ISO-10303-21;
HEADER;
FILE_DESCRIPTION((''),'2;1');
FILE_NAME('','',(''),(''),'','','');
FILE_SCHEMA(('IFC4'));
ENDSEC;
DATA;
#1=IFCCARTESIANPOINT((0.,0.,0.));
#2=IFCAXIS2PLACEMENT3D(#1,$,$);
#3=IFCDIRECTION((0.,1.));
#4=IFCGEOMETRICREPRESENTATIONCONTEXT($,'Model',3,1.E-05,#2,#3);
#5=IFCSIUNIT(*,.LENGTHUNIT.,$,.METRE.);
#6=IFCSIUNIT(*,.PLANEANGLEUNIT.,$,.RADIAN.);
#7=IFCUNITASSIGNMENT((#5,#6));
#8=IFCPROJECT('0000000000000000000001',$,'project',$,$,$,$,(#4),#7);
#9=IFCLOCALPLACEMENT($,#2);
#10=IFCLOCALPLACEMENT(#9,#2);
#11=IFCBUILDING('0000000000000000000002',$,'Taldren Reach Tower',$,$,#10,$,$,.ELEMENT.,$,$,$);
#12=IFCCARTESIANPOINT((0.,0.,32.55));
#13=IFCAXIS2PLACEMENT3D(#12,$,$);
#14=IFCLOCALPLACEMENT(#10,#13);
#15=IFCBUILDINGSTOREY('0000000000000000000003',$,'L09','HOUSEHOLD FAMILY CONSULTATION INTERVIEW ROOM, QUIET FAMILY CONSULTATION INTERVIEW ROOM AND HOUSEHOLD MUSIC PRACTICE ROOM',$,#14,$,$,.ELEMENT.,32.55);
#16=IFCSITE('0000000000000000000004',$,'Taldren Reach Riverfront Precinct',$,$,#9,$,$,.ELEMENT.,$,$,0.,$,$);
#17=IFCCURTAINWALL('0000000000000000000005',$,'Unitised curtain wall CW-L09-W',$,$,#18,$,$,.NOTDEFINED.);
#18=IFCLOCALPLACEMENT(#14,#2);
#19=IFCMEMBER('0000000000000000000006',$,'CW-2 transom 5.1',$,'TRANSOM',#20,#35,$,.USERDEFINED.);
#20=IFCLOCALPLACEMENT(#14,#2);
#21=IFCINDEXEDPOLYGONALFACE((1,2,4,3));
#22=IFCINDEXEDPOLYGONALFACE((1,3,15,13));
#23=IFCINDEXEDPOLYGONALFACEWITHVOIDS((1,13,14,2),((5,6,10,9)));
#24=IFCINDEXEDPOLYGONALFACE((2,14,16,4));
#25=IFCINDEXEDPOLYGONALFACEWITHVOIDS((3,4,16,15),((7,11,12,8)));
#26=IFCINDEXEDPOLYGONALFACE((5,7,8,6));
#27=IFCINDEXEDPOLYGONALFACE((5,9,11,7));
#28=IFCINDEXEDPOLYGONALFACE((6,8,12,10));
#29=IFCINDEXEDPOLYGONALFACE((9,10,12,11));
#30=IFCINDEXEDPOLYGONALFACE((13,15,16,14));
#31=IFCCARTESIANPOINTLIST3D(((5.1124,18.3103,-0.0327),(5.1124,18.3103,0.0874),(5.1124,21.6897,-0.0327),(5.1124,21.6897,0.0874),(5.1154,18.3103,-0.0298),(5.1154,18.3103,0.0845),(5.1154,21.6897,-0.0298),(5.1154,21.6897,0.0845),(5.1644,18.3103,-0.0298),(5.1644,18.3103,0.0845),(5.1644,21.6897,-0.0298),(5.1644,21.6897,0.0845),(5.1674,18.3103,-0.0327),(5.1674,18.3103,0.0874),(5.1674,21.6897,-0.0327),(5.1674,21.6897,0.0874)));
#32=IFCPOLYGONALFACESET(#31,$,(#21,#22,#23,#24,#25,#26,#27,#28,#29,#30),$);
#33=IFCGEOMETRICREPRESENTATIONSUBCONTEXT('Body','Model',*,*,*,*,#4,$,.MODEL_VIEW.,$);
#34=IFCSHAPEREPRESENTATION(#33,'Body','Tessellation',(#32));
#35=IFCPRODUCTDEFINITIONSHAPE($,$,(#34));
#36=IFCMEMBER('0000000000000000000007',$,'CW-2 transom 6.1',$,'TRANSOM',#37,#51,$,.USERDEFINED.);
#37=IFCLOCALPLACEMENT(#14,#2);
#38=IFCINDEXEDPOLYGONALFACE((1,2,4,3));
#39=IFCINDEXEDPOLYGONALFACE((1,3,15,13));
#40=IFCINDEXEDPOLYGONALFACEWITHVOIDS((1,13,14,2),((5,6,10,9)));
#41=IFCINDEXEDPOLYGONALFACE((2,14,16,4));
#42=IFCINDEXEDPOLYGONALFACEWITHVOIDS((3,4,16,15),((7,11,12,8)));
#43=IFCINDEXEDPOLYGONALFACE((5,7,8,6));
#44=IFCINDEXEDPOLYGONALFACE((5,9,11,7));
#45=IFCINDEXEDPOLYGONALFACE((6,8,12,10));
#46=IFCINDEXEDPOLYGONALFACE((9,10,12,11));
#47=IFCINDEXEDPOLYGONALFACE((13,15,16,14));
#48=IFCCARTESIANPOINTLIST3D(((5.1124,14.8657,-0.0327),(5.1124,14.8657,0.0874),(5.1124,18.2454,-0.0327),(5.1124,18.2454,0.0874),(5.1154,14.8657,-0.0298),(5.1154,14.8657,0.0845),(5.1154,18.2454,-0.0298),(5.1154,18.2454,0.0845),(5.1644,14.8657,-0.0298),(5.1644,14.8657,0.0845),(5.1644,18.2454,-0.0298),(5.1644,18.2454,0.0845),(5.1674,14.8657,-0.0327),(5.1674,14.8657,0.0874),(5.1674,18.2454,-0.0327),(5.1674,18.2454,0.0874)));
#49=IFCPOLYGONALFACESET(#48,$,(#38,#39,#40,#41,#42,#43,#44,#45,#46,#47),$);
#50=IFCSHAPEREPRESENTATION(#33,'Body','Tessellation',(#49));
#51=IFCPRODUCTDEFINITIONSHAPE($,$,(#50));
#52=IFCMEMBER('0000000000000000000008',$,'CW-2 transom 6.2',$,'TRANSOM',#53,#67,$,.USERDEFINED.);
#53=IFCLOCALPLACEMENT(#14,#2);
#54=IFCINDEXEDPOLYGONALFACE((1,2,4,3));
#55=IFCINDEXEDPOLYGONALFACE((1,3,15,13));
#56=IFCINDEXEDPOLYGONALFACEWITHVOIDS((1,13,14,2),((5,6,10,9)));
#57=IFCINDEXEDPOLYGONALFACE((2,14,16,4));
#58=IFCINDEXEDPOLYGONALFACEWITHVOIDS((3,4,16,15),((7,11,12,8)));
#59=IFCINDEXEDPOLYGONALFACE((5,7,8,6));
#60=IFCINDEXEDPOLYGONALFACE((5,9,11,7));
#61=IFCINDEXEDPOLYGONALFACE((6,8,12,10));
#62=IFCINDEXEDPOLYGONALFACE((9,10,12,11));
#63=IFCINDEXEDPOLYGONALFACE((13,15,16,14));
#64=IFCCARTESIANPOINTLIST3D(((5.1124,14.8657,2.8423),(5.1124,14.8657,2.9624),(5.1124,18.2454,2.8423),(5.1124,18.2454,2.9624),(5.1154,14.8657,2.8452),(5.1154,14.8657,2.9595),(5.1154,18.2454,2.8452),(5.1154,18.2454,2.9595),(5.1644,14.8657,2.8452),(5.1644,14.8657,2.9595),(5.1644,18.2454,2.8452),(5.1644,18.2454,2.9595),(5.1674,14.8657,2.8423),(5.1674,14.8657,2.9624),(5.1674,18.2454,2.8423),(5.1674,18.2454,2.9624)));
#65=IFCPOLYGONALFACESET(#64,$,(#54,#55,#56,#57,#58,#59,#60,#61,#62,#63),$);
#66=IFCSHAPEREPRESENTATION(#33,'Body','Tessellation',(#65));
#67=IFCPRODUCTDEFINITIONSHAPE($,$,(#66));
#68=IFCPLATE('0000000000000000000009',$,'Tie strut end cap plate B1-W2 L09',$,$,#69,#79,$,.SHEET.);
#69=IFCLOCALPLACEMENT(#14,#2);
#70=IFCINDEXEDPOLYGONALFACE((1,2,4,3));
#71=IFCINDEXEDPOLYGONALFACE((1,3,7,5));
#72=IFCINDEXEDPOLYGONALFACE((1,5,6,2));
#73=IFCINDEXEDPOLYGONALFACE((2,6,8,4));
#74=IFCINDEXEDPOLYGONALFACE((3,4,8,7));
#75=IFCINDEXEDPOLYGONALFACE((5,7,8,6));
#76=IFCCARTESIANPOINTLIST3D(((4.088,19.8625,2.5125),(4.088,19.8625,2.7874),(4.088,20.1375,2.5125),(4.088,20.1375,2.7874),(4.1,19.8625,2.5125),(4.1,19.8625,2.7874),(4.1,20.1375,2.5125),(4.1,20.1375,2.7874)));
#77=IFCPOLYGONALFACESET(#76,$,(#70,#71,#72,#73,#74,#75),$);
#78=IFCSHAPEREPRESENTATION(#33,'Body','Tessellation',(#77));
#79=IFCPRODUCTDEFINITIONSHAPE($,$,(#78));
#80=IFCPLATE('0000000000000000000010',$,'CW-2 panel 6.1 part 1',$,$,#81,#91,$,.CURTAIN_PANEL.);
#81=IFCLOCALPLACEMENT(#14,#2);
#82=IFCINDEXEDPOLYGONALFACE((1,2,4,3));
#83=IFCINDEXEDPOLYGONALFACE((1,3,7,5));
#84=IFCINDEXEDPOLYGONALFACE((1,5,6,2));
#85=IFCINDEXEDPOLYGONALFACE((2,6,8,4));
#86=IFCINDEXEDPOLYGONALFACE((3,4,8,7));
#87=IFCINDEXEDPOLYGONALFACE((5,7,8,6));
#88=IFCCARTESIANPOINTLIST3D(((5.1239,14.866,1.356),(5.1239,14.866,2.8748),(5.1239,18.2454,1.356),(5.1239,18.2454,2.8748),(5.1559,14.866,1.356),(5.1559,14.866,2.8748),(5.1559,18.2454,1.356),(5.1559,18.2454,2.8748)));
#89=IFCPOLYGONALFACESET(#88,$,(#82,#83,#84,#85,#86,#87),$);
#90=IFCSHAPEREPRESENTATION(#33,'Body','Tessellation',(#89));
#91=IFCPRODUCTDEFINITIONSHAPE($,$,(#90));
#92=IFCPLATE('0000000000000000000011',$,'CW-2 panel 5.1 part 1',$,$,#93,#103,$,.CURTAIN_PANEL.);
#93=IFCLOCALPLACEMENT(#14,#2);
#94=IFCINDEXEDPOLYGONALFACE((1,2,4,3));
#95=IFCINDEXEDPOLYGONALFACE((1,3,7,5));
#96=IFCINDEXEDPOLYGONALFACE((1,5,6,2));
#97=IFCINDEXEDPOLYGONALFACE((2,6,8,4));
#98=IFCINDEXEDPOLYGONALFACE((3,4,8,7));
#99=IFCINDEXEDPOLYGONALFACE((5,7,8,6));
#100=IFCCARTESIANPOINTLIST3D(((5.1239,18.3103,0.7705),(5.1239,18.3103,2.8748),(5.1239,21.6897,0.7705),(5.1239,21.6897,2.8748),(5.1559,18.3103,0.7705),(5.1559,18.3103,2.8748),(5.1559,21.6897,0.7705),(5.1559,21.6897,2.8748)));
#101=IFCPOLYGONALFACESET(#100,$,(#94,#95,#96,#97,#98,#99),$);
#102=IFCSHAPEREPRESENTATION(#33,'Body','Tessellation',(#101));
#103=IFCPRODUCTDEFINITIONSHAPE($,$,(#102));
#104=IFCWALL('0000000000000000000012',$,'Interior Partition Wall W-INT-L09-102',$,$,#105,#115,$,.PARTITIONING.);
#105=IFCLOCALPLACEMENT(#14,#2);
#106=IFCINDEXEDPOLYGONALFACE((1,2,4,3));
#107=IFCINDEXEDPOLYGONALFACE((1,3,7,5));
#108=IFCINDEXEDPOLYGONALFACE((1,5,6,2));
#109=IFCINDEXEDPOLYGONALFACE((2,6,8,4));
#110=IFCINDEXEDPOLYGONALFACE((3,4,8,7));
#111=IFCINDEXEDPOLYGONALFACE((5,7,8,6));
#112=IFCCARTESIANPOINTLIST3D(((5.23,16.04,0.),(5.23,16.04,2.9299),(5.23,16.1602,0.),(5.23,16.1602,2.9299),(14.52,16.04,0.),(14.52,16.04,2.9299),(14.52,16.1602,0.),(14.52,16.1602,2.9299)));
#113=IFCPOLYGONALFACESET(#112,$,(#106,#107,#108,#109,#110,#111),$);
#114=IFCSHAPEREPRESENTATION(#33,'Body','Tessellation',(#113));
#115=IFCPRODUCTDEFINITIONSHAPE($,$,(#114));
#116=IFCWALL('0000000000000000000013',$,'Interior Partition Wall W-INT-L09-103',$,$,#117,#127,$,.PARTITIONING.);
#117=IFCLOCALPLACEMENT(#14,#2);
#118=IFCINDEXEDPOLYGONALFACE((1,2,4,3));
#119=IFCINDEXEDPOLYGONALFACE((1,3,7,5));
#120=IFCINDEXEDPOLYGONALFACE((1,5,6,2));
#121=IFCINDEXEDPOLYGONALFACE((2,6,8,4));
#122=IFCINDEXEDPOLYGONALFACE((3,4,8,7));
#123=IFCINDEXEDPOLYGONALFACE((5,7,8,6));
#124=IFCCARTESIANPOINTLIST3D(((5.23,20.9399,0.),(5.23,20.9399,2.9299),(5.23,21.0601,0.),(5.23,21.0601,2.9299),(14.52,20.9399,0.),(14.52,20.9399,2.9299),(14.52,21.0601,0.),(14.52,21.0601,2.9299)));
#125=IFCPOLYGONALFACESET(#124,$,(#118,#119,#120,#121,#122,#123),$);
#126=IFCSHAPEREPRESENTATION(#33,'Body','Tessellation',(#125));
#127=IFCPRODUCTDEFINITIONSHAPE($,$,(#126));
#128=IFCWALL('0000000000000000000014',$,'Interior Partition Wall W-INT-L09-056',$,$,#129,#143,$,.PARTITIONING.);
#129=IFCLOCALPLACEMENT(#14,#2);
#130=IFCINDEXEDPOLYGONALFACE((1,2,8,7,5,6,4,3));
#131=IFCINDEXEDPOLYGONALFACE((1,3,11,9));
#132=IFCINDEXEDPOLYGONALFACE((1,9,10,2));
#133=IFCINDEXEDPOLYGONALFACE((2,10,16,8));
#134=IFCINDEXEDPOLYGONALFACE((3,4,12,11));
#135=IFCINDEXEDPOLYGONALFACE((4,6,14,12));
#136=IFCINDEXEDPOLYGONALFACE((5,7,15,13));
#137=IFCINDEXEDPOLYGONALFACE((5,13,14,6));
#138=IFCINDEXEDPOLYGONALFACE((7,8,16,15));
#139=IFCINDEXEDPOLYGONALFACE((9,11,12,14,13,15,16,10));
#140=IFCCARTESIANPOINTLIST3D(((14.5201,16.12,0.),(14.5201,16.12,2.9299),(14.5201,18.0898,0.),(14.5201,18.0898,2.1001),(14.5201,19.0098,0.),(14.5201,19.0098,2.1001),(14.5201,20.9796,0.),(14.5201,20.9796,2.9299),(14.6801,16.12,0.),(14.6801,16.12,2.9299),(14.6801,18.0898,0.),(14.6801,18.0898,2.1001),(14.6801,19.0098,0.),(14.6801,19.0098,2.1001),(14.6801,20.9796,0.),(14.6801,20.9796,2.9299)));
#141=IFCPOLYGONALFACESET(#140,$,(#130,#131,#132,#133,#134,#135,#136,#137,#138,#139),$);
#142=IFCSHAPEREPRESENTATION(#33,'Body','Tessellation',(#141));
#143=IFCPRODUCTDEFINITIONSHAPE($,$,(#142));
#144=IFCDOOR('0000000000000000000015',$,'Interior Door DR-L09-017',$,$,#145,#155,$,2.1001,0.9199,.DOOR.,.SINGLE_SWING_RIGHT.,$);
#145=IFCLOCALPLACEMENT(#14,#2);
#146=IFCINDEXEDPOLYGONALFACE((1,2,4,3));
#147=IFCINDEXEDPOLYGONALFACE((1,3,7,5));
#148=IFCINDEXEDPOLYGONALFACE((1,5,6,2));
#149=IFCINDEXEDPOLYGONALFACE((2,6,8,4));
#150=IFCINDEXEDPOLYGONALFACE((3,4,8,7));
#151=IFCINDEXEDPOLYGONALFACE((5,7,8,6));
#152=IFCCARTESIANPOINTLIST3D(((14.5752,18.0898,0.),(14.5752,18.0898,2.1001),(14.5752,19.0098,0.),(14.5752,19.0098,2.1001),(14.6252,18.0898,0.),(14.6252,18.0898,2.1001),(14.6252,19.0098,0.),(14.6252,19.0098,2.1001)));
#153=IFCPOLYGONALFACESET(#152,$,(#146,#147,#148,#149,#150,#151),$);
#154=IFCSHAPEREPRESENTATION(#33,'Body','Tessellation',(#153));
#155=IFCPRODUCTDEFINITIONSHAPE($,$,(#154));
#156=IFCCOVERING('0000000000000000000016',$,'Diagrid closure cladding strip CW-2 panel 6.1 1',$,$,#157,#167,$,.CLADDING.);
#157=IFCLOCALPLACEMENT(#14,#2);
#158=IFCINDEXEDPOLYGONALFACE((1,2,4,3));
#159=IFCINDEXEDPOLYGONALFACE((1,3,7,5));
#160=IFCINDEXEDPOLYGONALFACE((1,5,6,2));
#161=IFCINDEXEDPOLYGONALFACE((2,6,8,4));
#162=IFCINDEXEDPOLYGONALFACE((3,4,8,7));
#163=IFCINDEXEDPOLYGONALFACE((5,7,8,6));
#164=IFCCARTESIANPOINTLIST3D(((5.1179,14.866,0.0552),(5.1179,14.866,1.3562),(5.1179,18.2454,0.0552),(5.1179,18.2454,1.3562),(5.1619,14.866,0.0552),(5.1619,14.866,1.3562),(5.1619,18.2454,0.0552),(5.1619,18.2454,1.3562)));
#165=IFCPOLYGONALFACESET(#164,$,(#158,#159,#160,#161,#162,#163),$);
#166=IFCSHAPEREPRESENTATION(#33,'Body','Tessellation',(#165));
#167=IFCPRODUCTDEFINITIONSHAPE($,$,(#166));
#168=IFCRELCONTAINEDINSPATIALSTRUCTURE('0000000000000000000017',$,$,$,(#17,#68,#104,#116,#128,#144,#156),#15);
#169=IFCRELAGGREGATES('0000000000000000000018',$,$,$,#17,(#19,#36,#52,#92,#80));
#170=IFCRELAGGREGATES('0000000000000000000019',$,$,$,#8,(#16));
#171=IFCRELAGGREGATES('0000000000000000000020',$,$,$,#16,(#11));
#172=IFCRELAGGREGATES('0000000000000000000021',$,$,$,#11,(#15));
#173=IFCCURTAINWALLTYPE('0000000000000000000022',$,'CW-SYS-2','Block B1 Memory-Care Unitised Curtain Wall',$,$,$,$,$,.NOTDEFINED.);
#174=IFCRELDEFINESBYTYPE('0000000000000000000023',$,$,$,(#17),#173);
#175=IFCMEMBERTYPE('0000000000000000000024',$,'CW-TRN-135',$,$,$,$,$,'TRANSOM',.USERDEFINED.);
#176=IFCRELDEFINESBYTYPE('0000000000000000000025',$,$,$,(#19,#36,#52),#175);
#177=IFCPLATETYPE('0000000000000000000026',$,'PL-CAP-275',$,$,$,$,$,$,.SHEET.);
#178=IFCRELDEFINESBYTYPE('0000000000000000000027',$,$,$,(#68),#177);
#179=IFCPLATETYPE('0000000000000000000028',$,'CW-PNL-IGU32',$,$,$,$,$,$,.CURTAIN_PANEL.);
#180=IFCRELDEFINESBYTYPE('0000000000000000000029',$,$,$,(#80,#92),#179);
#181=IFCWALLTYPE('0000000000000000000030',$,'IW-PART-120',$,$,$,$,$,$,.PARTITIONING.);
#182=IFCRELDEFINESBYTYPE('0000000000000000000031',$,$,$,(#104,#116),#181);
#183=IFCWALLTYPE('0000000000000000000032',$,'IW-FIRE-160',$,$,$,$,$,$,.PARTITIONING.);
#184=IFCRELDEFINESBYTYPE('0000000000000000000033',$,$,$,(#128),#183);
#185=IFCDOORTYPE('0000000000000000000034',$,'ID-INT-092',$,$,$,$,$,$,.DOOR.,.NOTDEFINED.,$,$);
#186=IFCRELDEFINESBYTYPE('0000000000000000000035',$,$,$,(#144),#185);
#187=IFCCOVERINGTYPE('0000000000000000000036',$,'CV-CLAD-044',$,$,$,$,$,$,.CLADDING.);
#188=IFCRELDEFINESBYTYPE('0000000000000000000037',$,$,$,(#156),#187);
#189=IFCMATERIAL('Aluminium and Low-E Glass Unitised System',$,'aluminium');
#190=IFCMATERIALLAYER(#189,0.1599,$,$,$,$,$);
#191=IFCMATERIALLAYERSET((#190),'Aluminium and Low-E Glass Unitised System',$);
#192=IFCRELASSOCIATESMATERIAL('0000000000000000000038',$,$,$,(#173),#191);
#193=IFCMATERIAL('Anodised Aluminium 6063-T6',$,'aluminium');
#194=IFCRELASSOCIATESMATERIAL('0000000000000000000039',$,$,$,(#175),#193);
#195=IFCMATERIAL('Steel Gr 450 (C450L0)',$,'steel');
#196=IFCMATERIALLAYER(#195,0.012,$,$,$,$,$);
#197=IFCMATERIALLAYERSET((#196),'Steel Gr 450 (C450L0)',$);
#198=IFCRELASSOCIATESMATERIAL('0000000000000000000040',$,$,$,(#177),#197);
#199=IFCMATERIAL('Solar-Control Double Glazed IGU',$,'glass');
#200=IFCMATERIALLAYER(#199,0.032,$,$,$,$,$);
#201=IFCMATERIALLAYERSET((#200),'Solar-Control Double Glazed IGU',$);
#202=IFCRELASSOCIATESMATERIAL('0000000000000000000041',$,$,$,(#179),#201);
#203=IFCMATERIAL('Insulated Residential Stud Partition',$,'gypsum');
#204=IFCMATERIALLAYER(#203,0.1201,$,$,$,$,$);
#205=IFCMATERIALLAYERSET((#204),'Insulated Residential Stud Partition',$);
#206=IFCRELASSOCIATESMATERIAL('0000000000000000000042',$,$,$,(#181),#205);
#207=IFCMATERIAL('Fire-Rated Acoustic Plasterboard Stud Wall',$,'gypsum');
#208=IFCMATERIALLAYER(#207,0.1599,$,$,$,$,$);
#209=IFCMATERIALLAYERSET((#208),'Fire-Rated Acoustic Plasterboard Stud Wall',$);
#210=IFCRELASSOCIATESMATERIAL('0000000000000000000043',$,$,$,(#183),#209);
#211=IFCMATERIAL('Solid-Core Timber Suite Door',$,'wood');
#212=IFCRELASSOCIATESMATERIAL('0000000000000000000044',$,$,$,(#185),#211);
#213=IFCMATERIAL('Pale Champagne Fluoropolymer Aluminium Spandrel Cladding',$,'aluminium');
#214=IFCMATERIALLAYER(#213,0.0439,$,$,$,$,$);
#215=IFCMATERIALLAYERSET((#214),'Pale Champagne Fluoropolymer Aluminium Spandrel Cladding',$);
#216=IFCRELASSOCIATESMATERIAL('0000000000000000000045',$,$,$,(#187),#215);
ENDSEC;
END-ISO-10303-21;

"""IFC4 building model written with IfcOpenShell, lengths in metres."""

from ifc_helpers import new_model, si_unit, direction, frame, frame_2d, origin, origin_2d, place, context, subcontext, project, spatial, rectangle, hollow_rectangle, extrude, source, transform, mapped, material, layer, layer_set, material_profile, profile_set, type_object, element, fill, aggregate, save


model = new_model("IFC4")

# Units and contexts
model_context = context("Model", 3, precision=1e-05, world=origin(), true_north=direction((0.0, 1.0)))
body_context = subcontext(model_context, "Body", "Model", "MODEL_VIEW")
ifc_project = project(units=[si_unit("LENGTHUNIT", "METRE"), si_unit("PLANEANGLEUNIT", "RADIAN")], contexts=[model_context])

# Site, building, storey
site_placement = place(None, origin())
site = spatial("IfcSite", under=ifc_project, at=site_placement, Name="Taldren Reach Riverfront Precinct", CompositionType="ELEMENT", RefElevation=0.0)
building_placement = place(site_placement, origin())
building = spatial("IfcBuilding", under=site, at=building_placement, Name="Taldren Reach Tower", CompositionType="ELEMENT")
storey_placement = place(building_placement, frame((0.0, 0.0, 32.55)))
storey = spatial("IfcBuildingStorey", under=building, at=storey_placement, Name="L09", Description="HOUSEHOLD FAMILY CONSULTATION INTERVIEW ROOM, QUIET FAMILY CONSULTATION INTERVIEW ROOM AND HOUSEHOLD MUSIC PRACTICE ROOM", CompositionType="ELEMENT", Elevation=32.55)

# Shared definitions
ifc_material_1 = material(Name="Steel Gr 450 (C450L0)", Category="steel")

# Curtain wall, members
ifc_material_2 = material(Name="Aluminium and Low-E Glass Unitised System", Category="aluminium")
ifc_layer_1 = layer(ifc_material_2, 0.1599)
ifc_layer_set_1 = layer_set([ifc_layer_1], Name="Aluminium and Low-E Glass Unitised System")
curtain_wall_type = type_object("IfcCurtainWallType", Name="CW-SYS-2", Description="Block B1 Memory-Care Unitised Curtain Wall", PredefinedType="NOTDEFINED", material=ifc_layer_set_1)
curtain_wall_placement = place(storey_placement, origin())
curtain_wall = element("IfcCurtainWall", 1, at=curtain_wall_placement, inside=storey, type_object=curtain_wall_type, Name="Unitised curtain wall CW-L09-W", PredefinedType="NOTDEFINED")
ifc_material_3 = material(Name="Anodised Aluminium 6063-T6", Category="aluminium")
ifc_material_profile_1 = material_profile(ifc_material_3, hollow_rectangle(XDim=0.0549, YDim=0.1201, WallThickness=0.0029, at=origin_2d()), Name="ALU-120x55x3RHS")
ifc_profile_set_1 = profile_set([ifc_material_profile_1], Name="Anodised Aluminium 6063-T6")
member_type_1 = type_object("IfcMemberType", Name="CW-TRN-135", ElementType="TRANSOM", PredefinedType="USERDEFINED", material=ifc_profile_set_1)
shared_shape_1 = source(origin(), body_context, "Body", "SweptSolid", [
    extrude(hollow_rectangle(XDim=0.0549, YDim=0.1201, WallThickness=0.0029, at=origin_2d()), origin(), (0.0, 0.0, 1.0), 3.3794),
])
member_1_placement = place(storey_placement, frame((5.1399, 21.6897, 0.0273), z_axis=(0.0, -1.0, 0.0), x_axis=(1.0, 0.0, 0.0)))
member_1 = element("IfcMember", 2, at=member_1_placement, type_object=member_type_1, Name="CW-2 transom 5.1", ObjectType="TRANSOM", PredefinedType="USERDEFINED", context=body_context, shape_type="MappedRepresentation", body=[
    mapped(shared_shape_1, transform((0.0, 0.0, 0.0), scale=1.0)),
])
shared_shape_2 = source(origin(), body_context, "Body", "SweptSolid", [
    extrude(hollow_rectangle(XDim=0.0549, YDim=0.1201, WallThickness=0.0029, at=origin_2d()), origin(), (0.0, 0.0, 1.0), 3.3796),
])
member_2_placement = place(storey_placement, frame((5.1399, 18.2454, 0.0273), z_axis=(0.0, -1.0, 0.0), x_axis=(1.0, 0.0, 0.0)))
member_2 = element("IfcMember", 3, at=member_2_placement, type_object=member_type_1, Name="CW-2 transom 6.1", ObjectType="TRANSOM", PredefinedType="USERDEFINED", context=body_context, shape_type="MappedRepresentation", body=[
    mapped(shared_shape_2, transform((0.0, 0.0, 0.0), scale=1.0)),
])
member_3_placement = place(storey_placement, frame((5.1399, 18.2454, 2.9023), z_axis=(0.0, -1.0, 0.0), x_axis=(1.0, 0.0, 0.0)))
member_3 = element("IfcMember", 4, at=member_3_placement, type_object=member_type_1, Name="CW-2 transom 6.2", ObjectType="TRANSOM", PredefinedType="USERDEFINED", context=body_context, shape_type="MappedRepresentation", body=[
    mapped(shared_shape_2, transform((0.0, 0.0, 0.0), scale=1.0)),
])

# Plates
ifc_layer_2 = layer(ifc_material_1, 0.012)
ifc_layer_set_2 = layer_set([ifc_layer_2], Name="Steel Gr 450 (C450L0)")
plate_type_1 = type_object("IfcPlateType", Name="PL-CAP-275", PredefinedType="SHEET", material=ifc_layer_set_2)
shared_shape_3 = source(origin(), body_context, "Body", "SweptSolid", [
    extrude(rectangle(XDim=0.012, YDim=0.2749, at=origin_2d()), origin(), (0.0, 0.0, 1.0), 0.2749),
])
plate_1_placement = place(storey_placement, frame((4.094, 20.0, 2.5125), z_axis=(0.0, 0.0, 1.0), x_axis=(1.0, 0.0, 0.0)))
element("IfcPlate", 5, at=plate_1_placement, inside=storey, type_object=plate_type_1, Name="Tie strut end cap plate B1-W2 L09", PredefinedType="SHEET", context=body_context, shape_type="MappedRepresentation", body=[
    mapped(shared_shape_3, transform((0.0, 0.0, 0.0), scale=1.0)),
])
ifc_material_4 = material(Name="Solar-Control Double Glazed IGU", Category="glass")
ifc_layer_3 = layer(ifc_material_4, 0.032)
ifc_layer_set_3 = layer_set([ifc_layer_3], Name="Solar-Control Double Glazed IGU")
plate_type_2 = type_object("IfcPlateType", Name="CW-PNL-IGU32", PredefinedType="CURTAIN_PANEL", material=ifc_layer_set_3)
shared_shape_4 = source(origin(), body_context, "Body", "SweptSolid", [
    extrude(rectangle(XDim=3.3794, YDim=0.032, at=origin_2d()), origin(), (0.0, 0.0, 1.0), 1.5188),
])
plate_2_placement = place(storey_placement, frame((5.1399, 16.5557, 1.356), z_axis=(0.0, 0.0, 1.0), x_axis=(0.0, -1.0, 0.0)))
plate_2 = element("IfcPlate", 6, at=plate_2_placement, type_object=plate_type_2, Name="CW-2 panel 6.1 part 1", PredefinedType="CURTAIN_PANEL", context=body_context, shape_type="MappedRepresentation", body=[
    mapped(shared_shape_4, transform((0.0, 0.0, 0.0), scale=1.0)),
])
shared_shape_5 = source(origin(), body_context, "Body", "SweptSolid", [
    extrude(rectangle(XDim=3.3794, YDim=0.032, at=origin_2d()), origin(), (0.0, 0.0, 1.0), 2.1042),
])
plate_3_placement = place(storey_placement, frame((5.1399, 20.0, 0.7705), z_axis=(0.0, 0.0, 1.0), x_axis=(0.0, -1.0, 0.0)))
plate_3 = element("IfcPlate", 7, at=plate_3_placement, type_object=plate_type_2, Name="CW-2 panel 5.1 part 1", PredefinedType="CURTAIN_PANEL", context=body_context, shape_type="MappedRepresentation", body=[
    mapped(shared_shape_5, transform((0.0, 0.0, 0.0), scale=1.0)),
])
aggregate(curtain_wall, [member_1, member_2, member_3, plate_3, plate_2])

# Walls
ifc_material_5 = material(Name="Insulated Residential Stud Partition", Category="gypsum")
ifc_layer_4 = layer(ifc_material_5, 0.1201)
ifc_layer_set_4 = layer_set([ifc_layer_4], Name="Insulated Residential Stud Partition")
wall_type_1 = type_object("IfcWallType", Name="IW-PART-120", PredefinedType="PARTITIONING", material=ifc_layer_set_4)
shared_shape_6 = source(origin(), body_context, "Body", "SweptSolid", [
    extrude(rectangle(XDim=9.29, YDim=0.1201, at=frame_2d((4.645, 0.0))), origin(), (0.0, 0.0, 1.0), 2.9299),
])
for number, where, z_axis, x_axis, name in (
    (8, (5.23, 16.1001, 0.0), (0.0, 0.0, 1.0), (1.0, 0.0, 0.0), "Interior Partition Wall W-INT-L09-102"),
    (9, (5.23, 21.0, 0.0), (0.0, 0.0, 1.0), (1.0, 0.0, 0.0), "Interior Partition Wall W-INT-L09-103"),
):
    element("IfcWall", number, at=place(storey_placement, frame(where, z_axis=z_axis, x_axis=x_axis)), inside=storey, type_object=wall_type_1, Name=name, PredefinedType="PARTITIONING", context=body_context, shape_type="MappedRepresentation", body=[
        mapped(shared_shape_6, transform((0.0, 0.0, 0.0), scale=1.0)),
    ])

# Wall, opening, door
ifc_material_6 = material(Name="Fire-Rated Acoustic Plasterboard Stud Wall", Category="gypsum")
ifc_layer_5 = layer(ifc_material_6, 0.1599)
ifc_layer_set_5 = layer_set([ifc_layer_5], Name="Fire-Rated Acoustic Plasterboard Stud Wall")
wall_type_2 = type_object("IfcWallType", Name="IW-FIRE-160", PredefinedType="PARTITIONING", material=ifc_layer_set_5)
shared_shape_7 = source(origin(), body_context, "Body", "SweptSolid", [
    extrude(rectangle(XDim=4.8596, YDim=0.1599, at=frame_2d((2.4297, 0.0))), origin(), (0.0, 0.0, 1.0), 2.9299),
])
wall_placement = place(storey_placement, frame((14.6001, 16.1201, 0.0), z_axis=(0.0, 0.0, 1.0), x_axis=(0.0, 1.0, 0.0)))
wall = element("IfcWall", 10, at=wall_placement, inside=storey, type_object=wall_type_2, Name="Interior Partition Wall W-INT-L09-056", PredefinedType="PARTITIONING", context=body_context, shape_type="MappedRepresentation", body=[
    mapped(shared_shape_7, transform((0.0, 0.0, 0.0), scale=1.0)),
])
shared_shape_8 = source(origin(), body_context, "Body", "SweptSolid", [
    extrude(rectangle(XDim=0.9199, YDim=2.1001, at=frame_2d((0.46, 1.05))), frame((0.0, 0.0898, 0.0), z_axis=(0.0, -1.0, 0.0), x_axis=(1.0, 0.0, 0.0)), (0.0, 0.0, 1.0), 0.1799),
])
opening_placement = place(wall_placement, frame((1.9697, 0.0, 0.0)))
opening = element("IfcOpeningElement", 11, at=opening_placement, cuts=wall, PredefinedType="OPENING", context=body_context, shape_type="MappedRepresentation", body=[
    mapped(shared_shape_8, transform((0.0, 0.0, 0.0), scale=1.0)),
])
ifc_material_7 = material(Name="Solid-Core Timber Suite Door", Category="wood")
door_type = type_object("IfcDoorType", Name="ID-INT-092", OperationType="NOTDEFINED", PredefinedType="DOOR", material=ifc_material_7)
shared_shape_9 = source(origin(), body_context, "Body", "SweptSolid", [
    extrude(rectangle(XDim=0.9199, YDim=2.1001, at=frame_2d((0.46, 1.05))), frame((0.0, 0.0249, 0.0), z_axis=(0.0, -1.0, 0.0), x_axis=(1.0, 0.0, 0.0)), (0.0, 0.0, 1.0), 0.05),
])
door_placement = place(opening_placement, origin())
door = element("IfcDoor", 12, at=door_placement, inside=storey, type_object=door_type, Name="Interior Door DR-L09-017", OperationType="SINGLE_SWING_RIGHT", OverallHeight=2.1001, OverallWidth=0.9199, PredefinedType="DOOR", context=body_context, shape_type="MappedRepresentation", body=[
    mapped(shared_shape_9, transform((0.0, 0.0, 0.0), scale=1.0)),
])
fill(opening, door)

# Covering
ifc_material_8 = material(Name="Pale Champagne Fluoropolymer Aluminium Spandrel Cladding", Category="aluminium")
ifc_layer_6 = layer(ifc_material_8, 0.0439)
ifc_layer_set_6 = layer_set([ifc_layer_6], Name="Pale Champagne Fluoropolymer Aluminium Spandrel Cladding")
covering_type = type_object("IfcCoveringType", Name="CV-CLAD-044", PredefinedType="CLADDING", material=ifc_layer_set_6)
shared_shape_10 = source(origin(), body_context, "Body", "SweptSolid", [
    extrude(rectangle(XDim=3.3794, YDim=0.0439, at=origin_2d()), origin(), (0.0, 0.0, 1.0), 1.301),
])
covering_1_placement = place(storey_placement, frame((5.1399, 16.5557, 0.0552), z_axis=(0.0, 0.0, 1.0), x_axis=(0.0, -1.0, 0.0)))
element("IfcCovering", 13, at=covering_1_placement, inside=storey, type_object=covering_type, Name="Diagrid closure cladding strip CW-2 panel 6.1 1", PredefinedType="CLADDING", context=body_context, shape_type="MappedRepresentation", body=[
    mapped(shared_shape_10, transform((0.0, 0.0, 0.0), scale=1.0)),
])

save(model, "model.ifc")
